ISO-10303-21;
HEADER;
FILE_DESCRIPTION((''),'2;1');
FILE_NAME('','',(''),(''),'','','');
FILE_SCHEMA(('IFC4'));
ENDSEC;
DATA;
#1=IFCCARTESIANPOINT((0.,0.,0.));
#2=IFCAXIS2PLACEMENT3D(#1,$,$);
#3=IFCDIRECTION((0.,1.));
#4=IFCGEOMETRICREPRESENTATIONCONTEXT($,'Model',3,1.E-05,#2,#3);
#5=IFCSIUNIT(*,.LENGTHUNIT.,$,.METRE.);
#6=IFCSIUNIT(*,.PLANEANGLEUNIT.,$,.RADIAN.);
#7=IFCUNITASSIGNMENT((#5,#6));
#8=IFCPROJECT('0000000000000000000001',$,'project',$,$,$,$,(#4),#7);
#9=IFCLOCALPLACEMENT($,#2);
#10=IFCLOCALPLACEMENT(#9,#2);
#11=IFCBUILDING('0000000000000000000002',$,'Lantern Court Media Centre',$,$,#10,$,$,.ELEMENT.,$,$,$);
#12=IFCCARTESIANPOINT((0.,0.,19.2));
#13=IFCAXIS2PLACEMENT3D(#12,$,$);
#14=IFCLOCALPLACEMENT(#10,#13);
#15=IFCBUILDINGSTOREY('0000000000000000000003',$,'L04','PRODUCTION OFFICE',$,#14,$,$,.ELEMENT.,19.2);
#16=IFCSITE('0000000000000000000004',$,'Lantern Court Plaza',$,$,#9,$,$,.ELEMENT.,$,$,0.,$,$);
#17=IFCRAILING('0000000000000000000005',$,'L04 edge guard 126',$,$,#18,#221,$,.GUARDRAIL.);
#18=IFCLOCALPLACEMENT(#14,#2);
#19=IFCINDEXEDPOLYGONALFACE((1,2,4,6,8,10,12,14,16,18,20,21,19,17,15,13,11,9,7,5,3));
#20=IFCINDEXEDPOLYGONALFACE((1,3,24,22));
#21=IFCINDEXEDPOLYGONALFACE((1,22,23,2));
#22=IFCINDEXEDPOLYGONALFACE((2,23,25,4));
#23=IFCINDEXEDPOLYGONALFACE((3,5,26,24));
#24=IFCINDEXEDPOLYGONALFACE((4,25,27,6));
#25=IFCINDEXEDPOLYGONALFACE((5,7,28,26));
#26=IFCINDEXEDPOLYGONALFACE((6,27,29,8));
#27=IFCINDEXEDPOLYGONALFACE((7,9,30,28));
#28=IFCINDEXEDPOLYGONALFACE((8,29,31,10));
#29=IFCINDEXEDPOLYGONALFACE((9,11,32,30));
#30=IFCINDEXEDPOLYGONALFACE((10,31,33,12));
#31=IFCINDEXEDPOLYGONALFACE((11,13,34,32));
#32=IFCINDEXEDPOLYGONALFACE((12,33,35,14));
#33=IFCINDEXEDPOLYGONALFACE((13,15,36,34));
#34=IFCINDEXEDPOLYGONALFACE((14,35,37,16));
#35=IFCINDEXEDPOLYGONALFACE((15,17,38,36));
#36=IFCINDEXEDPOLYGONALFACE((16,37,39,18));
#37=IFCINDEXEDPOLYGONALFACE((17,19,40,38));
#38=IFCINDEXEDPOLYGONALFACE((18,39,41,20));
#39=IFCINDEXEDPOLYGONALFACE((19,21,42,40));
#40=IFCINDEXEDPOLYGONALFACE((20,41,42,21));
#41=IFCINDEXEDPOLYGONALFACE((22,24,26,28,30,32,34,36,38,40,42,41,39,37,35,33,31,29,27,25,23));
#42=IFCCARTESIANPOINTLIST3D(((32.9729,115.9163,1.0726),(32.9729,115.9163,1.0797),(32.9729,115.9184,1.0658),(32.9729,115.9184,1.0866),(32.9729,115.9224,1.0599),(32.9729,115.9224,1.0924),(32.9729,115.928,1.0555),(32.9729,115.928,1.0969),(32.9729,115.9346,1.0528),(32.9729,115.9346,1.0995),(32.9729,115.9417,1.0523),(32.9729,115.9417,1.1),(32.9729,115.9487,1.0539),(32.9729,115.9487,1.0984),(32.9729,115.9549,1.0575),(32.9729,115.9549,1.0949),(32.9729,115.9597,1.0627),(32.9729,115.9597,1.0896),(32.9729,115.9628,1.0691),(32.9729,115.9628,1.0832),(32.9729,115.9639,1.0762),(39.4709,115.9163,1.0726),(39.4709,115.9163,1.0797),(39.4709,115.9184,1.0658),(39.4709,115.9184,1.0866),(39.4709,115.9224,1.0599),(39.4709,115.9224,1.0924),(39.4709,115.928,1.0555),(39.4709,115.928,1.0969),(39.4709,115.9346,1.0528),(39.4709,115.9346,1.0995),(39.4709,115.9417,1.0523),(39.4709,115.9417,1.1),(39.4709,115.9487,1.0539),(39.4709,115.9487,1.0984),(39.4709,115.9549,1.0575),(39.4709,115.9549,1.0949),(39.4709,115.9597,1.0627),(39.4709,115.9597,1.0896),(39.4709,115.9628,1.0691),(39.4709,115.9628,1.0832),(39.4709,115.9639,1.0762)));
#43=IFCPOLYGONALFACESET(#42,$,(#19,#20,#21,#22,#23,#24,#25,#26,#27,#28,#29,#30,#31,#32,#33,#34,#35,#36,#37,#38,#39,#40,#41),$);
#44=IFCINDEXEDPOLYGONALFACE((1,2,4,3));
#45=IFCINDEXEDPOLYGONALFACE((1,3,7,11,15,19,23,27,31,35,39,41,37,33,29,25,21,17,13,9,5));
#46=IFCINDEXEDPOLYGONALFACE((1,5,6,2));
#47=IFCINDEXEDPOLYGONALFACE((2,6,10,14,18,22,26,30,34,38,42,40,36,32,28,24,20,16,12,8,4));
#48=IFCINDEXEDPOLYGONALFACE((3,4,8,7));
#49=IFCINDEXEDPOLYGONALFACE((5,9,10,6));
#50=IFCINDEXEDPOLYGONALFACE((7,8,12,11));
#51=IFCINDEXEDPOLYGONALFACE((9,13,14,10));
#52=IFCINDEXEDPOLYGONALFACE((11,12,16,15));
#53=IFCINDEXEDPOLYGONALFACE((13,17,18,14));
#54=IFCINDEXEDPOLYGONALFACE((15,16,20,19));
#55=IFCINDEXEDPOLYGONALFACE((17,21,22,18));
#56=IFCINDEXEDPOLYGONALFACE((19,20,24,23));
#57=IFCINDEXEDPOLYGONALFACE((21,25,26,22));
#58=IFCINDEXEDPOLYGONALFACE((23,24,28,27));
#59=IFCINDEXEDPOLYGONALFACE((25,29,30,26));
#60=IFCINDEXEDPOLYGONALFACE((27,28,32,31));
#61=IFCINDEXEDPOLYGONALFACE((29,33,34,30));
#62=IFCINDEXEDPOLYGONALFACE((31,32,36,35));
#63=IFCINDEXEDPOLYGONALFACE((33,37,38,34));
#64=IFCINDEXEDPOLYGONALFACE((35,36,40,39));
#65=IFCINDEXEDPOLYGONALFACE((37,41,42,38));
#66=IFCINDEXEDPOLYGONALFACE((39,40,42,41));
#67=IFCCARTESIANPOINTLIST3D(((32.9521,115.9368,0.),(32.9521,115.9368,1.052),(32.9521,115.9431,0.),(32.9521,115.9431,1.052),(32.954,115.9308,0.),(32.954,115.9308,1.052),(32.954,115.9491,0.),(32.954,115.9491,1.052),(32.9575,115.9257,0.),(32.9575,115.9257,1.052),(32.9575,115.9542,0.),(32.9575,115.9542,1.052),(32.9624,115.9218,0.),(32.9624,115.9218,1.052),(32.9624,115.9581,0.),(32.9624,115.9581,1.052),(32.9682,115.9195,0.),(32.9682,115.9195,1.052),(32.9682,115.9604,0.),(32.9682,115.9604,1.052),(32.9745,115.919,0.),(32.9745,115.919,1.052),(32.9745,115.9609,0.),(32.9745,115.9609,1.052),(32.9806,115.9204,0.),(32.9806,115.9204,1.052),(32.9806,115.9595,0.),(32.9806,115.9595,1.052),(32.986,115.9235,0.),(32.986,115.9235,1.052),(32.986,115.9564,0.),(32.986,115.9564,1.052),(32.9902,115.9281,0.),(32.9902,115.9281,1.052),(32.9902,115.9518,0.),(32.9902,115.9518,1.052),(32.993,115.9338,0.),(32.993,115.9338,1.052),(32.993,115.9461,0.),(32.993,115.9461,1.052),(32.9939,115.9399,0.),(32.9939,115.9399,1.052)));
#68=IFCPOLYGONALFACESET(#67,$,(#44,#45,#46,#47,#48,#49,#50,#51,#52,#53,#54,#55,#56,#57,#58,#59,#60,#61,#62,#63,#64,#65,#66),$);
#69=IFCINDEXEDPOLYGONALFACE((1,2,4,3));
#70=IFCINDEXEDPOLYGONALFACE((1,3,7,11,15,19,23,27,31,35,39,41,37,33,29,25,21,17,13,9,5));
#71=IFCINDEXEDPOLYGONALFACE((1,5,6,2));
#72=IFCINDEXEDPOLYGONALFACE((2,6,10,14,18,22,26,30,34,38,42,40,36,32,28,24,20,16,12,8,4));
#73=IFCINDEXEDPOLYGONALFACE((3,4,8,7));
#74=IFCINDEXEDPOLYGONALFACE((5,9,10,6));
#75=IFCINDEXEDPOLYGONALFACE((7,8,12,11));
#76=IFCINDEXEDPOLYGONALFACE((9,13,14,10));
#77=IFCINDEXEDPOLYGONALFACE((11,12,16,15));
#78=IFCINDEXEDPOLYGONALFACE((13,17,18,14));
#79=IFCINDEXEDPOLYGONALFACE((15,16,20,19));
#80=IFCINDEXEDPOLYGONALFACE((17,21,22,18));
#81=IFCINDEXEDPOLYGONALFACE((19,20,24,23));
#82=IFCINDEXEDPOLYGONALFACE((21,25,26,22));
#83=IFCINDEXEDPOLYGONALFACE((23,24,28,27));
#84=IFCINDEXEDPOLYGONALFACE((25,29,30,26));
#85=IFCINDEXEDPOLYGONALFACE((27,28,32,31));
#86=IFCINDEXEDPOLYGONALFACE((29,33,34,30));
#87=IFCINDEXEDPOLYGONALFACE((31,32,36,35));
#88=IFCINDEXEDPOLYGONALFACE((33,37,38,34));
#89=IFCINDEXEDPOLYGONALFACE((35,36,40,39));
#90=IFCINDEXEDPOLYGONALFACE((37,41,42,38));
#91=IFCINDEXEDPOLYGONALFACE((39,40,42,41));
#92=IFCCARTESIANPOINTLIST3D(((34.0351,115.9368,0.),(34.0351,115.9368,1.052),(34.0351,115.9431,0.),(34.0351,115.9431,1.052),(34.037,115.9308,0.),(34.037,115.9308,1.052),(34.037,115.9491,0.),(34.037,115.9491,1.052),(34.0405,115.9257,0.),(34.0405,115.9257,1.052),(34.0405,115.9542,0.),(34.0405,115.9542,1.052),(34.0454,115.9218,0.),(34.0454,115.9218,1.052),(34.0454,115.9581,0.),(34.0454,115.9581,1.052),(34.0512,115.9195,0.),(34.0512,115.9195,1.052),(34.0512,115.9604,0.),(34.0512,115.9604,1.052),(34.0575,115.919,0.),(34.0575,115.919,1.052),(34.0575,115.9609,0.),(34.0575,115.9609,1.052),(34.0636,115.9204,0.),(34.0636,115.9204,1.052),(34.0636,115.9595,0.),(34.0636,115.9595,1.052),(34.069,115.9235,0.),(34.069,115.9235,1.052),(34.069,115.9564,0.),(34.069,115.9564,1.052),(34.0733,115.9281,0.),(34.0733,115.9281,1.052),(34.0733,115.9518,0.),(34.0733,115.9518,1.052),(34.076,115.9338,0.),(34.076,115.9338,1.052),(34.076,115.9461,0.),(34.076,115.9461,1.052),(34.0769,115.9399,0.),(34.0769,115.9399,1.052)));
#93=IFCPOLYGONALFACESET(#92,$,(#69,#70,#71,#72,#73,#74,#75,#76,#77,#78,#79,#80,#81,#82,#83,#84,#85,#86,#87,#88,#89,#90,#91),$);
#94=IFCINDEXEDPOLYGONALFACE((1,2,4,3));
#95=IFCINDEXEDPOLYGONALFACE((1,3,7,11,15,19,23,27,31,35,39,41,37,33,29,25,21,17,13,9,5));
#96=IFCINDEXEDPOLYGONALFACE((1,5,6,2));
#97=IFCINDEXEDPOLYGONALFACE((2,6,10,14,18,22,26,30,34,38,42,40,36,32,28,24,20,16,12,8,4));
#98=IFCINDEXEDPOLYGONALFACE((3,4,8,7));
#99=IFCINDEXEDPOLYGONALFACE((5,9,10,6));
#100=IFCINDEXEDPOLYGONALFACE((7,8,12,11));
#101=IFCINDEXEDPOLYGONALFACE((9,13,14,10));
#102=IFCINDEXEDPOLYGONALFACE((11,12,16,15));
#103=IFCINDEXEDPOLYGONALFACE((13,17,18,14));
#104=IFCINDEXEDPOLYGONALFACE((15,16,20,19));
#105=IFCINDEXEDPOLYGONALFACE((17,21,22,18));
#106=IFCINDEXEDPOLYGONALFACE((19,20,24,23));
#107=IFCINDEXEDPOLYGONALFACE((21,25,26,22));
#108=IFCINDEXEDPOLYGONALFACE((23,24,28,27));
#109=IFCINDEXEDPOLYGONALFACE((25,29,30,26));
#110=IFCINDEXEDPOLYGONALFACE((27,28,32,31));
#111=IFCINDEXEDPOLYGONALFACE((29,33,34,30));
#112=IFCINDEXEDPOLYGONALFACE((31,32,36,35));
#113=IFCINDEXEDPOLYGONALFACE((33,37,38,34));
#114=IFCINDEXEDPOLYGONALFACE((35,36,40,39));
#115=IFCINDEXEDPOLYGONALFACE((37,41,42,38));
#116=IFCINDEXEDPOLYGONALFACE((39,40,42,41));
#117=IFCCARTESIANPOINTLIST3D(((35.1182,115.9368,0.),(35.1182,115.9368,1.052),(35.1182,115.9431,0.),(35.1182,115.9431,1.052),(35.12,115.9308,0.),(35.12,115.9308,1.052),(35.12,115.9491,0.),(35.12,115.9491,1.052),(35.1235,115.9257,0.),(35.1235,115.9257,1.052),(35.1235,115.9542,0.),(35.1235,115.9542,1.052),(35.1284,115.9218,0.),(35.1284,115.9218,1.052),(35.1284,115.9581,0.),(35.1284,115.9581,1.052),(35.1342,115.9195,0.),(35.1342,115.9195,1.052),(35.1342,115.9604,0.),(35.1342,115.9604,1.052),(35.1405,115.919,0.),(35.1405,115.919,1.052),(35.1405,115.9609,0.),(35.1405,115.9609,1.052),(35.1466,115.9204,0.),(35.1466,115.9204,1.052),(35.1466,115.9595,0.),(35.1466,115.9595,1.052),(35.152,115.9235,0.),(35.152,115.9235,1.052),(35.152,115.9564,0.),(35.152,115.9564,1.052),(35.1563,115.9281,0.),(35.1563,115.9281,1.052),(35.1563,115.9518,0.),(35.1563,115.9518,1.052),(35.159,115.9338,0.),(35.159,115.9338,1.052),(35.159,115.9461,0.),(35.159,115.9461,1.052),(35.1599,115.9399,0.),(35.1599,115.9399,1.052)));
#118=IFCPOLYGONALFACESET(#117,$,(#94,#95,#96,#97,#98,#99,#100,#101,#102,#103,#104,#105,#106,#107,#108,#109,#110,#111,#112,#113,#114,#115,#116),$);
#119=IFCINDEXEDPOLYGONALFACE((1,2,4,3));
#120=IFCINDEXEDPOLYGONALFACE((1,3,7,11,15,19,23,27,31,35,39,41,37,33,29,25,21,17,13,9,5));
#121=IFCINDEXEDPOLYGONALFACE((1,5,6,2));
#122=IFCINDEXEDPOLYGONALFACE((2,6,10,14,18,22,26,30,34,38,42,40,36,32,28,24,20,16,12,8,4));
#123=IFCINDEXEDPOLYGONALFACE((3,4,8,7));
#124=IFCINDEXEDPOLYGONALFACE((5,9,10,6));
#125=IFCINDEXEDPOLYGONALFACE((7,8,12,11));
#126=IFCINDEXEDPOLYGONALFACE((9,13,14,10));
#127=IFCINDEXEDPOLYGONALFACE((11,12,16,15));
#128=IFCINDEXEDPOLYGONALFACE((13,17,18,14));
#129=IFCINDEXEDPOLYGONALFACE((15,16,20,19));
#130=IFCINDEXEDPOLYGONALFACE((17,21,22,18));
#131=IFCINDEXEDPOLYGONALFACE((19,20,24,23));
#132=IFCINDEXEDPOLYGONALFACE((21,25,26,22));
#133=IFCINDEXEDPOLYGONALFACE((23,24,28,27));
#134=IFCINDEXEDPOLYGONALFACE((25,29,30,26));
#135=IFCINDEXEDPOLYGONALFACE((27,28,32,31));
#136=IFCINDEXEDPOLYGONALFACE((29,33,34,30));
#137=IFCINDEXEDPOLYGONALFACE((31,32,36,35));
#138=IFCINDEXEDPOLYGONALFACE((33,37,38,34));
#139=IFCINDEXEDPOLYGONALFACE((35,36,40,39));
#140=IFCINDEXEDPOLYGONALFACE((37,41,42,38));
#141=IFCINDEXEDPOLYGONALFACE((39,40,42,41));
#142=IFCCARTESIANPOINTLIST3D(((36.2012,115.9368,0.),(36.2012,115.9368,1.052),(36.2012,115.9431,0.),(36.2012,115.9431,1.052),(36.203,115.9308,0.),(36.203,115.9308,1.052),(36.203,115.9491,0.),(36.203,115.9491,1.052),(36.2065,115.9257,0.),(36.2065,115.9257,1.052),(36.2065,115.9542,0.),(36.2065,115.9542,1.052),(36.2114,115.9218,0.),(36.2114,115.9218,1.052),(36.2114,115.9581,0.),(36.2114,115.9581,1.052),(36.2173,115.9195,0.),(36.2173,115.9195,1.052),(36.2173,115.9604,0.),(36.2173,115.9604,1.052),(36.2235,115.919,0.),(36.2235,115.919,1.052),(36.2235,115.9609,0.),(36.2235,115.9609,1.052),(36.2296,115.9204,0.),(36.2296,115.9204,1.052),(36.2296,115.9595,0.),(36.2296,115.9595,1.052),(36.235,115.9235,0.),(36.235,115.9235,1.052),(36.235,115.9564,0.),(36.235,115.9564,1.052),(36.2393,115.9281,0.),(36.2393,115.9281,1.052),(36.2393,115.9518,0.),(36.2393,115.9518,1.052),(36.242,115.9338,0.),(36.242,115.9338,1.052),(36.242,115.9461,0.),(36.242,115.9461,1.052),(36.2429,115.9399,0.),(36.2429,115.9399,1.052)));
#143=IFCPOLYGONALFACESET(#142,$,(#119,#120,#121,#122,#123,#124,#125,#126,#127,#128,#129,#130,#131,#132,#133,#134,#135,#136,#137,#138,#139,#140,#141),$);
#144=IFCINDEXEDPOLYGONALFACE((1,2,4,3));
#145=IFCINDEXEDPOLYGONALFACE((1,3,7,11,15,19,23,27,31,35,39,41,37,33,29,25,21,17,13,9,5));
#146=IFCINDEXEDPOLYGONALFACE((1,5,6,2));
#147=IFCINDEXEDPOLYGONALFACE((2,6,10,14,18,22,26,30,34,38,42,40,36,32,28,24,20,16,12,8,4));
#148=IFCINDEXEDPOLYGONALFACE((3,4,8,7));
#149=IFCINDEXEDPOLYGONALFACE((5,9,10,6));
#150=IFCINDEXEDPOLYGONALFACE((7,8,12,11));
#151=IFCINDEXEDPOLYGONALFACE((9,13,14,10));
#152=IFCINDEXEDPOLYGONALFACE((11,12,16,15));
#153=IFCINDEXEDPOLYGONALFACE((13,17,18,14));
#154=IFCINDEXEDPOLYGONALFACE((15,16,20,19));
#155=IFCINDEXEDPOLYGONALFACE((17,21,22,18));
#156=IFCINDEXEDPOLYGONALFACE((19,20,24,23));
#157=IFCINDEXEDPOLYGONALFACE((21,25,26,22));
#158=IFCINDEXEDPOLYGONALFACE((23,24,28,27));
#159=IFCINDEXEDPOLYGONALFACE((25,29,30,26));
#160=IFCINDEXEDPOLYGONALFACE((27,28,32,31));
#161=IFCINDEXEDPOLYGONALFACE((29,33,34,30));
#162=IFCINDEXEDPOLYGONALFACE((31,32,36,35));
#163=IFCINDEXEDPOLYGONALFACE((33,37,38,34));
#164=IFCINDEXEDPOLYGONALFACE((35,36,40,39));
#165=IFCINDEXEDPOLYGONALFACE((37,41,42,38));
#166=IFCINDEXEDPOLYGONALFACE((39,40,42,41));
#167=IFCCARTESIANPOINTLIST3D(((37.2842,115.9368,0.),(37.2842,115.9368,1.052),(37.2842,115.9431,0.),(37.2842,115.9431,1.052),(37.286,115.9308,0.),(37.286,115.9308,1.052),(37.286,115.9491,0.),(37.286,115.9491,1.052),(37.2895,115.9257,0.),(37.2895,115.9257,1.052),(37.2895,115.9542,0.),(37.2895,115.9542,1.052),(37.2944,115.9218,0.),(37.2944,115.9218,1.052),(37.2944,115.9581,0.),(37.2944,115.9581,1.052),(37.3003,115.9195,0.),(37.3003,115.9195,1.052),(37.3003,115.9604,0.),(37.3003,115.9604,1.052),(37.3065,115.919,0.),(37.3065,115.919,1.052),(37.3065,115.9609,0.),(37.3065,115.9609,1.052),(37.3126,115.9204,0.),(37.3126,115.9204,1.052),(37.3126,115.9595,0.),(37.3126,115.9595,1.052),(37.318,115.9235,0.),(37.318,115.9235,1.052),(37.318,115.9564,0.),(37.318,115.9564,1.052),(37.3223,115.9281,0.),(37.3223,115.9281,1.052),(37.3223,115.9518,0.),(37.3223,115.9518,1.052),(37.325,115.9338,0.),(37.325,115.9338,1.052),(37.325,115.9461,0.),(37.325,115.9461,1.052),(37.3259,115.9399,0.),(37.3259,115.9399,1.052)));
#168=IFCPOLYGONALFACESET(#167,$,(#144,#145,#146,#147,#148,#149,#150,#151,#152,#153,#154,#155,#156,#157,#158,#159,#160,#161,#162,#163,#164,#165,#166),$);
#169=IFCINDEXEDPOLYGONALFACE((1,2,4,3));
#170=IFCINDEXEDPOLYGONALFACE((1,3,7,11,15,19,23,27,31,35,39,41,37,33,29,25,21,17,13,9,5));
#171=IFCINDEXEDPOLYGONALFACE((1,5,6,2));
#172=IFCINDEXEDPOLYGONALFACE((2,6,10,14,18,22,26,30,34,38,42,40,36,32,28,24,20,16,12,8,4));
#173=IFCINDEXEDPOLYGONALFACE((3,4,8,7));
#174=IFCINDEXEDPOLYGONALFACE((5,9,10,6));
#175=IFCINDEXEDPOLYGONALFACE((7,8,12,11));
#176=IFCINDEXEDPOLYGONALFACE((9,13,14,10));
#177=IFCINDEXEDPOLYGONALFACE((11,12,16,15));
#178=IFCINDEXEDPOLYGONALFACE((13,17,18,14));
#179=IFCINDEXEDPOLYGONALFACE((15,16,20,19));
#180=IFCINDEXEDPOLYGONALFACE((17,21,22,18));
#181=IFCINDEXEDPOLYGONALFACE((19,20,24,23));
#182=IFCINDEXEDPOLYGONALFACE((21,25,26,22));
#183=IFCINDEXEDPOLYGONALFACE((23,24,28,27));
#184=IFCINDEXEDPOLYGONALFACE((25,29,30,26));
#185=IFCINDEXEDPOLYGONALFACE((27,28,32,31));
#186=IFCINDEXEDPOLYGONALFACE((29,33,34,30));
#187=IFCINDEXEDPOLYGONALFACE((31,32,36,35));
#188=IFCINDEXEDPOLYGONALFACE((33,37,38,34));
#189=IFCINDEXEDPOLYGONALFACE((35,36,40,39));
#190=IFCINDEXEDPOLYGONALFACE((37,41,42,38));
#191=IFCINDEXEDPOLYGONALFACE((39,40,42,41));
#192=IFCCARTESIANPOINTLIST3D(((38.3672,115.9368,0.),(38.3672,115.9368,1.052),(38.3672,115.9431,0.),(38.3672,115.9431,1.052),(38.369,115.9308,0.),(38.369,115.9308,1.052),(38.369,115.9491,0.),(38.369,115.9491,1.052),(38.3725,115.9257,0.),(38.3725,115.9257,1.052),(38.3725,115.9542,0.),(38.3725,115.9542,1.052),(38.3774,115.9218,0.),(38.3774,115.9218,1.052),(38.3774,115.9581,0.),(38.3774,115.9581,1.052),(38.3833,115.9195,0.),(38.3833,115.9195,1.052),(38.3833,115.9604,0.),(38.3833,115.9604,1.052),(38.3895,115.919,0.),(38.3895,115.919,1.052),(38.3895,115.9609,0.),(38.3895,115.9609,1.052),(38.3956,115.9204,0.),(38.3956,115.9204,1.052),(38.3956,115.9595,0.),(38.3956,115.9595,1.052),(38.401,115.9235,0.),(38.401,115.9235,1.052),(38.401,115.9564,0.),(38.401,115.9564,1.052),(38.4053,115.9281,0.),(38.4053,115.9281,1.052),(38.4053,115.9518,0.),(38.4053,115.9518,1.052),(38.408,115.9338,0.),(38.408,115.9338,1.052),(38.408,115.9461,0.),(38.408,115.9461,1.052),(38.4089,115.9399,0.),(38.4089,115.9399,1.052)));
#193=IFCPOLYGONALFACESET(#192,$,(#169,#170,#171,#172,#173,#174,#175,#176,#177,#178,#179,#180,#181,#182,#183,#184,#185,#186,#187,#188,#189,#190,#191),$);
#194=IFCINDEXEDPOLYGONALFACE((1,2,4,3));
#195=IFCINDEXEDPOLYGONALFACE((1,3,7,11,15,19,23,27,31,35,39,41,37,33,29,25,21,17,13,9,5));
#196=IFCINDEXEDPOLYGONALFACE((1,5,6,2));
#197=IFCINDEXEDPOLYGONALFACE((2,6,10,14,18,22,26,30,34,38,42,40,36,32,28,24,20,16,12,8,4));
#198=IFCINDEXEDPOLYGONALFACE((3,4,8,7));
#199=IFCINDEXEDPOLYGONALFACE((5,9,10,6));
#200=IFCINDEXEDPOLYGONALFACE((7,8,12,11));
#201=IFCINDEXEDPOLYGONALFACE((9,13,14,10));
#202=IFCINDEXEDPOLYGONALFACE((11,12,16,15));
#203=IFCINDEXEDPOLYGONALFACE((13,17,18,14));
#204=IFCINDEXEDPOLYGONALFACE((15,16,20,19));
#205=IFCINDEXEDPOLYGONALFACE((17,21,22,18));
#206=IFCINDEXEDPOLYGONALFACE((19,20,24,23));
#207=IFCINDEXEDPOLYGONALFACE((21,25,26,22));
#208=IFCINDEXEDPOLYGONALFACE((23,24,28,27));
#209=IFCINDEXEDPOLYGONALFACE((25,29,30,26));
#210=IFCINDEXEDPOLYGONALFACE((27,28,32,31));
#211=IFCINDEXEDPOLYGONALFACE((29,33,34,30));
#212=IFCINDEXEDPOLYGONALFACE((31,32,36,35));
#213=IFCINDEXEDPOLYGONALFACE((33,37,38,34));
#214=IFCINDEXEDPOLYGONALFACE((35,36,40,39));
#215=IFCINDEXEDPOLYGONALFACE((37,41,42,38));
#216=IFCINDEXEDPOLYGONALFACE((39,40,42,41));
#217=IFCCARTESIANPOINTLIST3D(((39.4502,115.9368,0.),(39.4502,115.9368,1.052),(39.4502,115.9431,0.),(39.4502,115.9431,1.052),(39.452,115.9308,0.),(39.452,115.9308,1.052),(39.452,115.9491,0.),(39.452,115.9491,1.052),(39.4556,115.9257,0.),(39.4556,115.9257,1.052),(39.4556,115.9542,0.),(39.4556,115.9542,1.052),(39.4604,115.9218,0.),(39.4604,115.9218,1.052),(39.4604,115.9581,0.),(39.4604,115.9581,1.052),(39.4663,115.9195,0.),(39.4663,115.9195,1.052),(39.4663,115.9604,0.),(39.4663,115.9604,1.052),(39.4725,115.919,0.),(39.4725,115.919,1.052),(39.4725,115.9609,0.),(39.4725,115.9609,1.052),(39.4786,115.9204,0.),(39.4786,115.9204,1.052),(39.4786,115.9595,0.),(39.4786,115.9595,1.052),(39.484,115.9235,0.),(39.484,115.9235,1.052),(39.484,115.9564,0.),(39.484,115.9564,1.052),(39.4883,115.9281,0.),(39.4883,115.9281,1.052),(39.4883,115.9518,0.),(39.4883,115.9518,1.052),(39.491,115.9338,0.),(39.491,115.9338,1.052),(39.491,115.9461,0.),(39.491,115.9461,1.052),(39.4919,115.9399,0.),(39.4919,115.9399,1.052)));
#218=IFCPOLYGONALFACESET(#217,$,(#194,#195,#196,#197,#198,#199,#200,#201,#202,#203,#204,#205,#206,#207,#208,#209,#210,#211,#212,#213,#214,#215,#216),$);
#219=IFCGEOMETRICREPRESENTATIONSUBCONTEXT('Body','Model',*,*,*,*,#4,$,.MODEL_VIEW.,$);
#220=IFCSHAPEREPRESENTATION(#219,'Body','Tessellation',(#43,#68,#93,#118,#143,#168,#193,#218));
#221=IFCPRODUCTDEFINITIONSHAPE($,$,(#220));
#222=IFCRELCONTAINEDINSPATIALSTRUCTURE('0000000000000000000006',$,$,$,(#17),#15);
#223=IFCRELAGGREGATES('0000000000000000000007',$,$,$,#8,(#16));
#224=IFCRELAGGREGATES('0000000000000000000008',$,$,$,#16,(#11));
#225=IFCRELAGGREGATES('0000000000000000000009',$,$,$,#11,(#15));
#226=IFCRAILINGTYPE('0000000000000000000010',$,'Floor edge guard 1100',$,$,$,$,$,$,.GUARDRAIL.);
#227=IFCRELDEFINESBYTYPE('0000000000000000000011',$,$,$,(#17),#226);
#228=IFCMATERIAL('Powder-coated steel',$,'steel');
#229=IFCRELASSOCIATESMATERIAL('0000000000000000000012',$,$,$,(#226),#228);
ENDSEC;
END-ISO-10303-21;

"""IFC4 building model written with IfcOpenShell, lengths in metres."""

from ifc_helpers import new_model, si_unit, direction, frame, origin, origin_2d, place, context, subcontext, project, spatial, circle, extrude, material, type_object, element, save


model = new_model("IFC4")

# Units and contexts
model_context = context("Model", 3, precision=1e-05, world=origin(), true_north=direction((0.0, 1.0)))
body_context = subcontext(model_context, "Body", "Model", "MODEL_VIEW")
ifc_project = project(units=[si_unit("LENGTHUNIT", "METRE"), si_unit("PLANEANGLEUNIT", "RADIAN")], contexts=[model_context])

# Site, building, storey
site_placement = place(None, origin())
site = spatial("IfcSite", under=ifc_project, at=site_placement, Name="Lantern Court Plaza", CompositionType="ELEMENT", RefElevation=0.0)
building_placement = place(site_placement, origin())
building = spatial("IfcBuilding", under=site, at=building_placement, Name="Lantern Court Media Centre", CompositionType="ELEMENT")
storey_placement = place(building_placement, frame((0.0, 0.0, 19.2)))
storey = spatial("IfcBuildingStorey", under=building, at=storey_placement, Name="L04", Description="PRODUCTION OFFICE", CompositionType="ELEMENT", Elevation=19.2)

# Railing
ifc_material_1 = material(Name="Powder-coated steel", Category="steel")
railing_type = type_object("IfcRailingType", Name="Floor edge guard 1100", PredefinedType="GUARDRAIL", material=ifc_material_1)
railing_1_placement = place(storey_placement, frame((32.9729, 115.9399, 0.0)))
element("IfcRailing", 1, at=railing_1_placement, inside=storey, type_object=railing_type, Name="L04 edge guard 126", PredefinedType="GUARDRAIL", context=body_context, shape_type="SweptSolid", body=[
    extrude(circle(Radius=0.0239, at=origin_2d()), frame((0.0, 0.0, 1.0762), z_axis=(1.0, 0.0, 0.0), x_axis=(0.0, 1.0, 0.0)), (0.0, 0.0, 1.0), 6.498),
    extrude(circle(Radius=0.021, at=origin_2d()), origin(), (0.0, 0.0, 1.0), 1.052),
    extrude(circle(Radius=0.021, at=origin_2d()), frame((1.083, 0.0, 0.0)), (0.0, 0.0, 1.0), 1.052),
    extrude(circle(Radius=0.021, at=origin_2d()), frame((2.166, 0.0, 0.0)), (0.0, 0.0, 1.0), 1.052),
    extrude(circle(Radius=0.021, at=origin_2d()), frame((3.249, 0.0, 0.0)), (0.0, 0.0, 1.0), 1.052),
    extrude(circle(Radius=0.021, at=origin_2d()), frame((4.332, 0.0, 0.0)), (0.0, 0.0, 1.0), 1.052),
    extrude(circle(Radius=0.021, at=origin_2d()), frame((5.415, 0.0, 0.0)), (0.0, 0.0, 1.0), 1.052),
    extrude(circle(Radius=0.021, at=origin_2d()), frame((6.498, 0.0, 0.0)), (0.0, 0.0, 1.0), 1.052),
])

save(model, "model.ifc")
